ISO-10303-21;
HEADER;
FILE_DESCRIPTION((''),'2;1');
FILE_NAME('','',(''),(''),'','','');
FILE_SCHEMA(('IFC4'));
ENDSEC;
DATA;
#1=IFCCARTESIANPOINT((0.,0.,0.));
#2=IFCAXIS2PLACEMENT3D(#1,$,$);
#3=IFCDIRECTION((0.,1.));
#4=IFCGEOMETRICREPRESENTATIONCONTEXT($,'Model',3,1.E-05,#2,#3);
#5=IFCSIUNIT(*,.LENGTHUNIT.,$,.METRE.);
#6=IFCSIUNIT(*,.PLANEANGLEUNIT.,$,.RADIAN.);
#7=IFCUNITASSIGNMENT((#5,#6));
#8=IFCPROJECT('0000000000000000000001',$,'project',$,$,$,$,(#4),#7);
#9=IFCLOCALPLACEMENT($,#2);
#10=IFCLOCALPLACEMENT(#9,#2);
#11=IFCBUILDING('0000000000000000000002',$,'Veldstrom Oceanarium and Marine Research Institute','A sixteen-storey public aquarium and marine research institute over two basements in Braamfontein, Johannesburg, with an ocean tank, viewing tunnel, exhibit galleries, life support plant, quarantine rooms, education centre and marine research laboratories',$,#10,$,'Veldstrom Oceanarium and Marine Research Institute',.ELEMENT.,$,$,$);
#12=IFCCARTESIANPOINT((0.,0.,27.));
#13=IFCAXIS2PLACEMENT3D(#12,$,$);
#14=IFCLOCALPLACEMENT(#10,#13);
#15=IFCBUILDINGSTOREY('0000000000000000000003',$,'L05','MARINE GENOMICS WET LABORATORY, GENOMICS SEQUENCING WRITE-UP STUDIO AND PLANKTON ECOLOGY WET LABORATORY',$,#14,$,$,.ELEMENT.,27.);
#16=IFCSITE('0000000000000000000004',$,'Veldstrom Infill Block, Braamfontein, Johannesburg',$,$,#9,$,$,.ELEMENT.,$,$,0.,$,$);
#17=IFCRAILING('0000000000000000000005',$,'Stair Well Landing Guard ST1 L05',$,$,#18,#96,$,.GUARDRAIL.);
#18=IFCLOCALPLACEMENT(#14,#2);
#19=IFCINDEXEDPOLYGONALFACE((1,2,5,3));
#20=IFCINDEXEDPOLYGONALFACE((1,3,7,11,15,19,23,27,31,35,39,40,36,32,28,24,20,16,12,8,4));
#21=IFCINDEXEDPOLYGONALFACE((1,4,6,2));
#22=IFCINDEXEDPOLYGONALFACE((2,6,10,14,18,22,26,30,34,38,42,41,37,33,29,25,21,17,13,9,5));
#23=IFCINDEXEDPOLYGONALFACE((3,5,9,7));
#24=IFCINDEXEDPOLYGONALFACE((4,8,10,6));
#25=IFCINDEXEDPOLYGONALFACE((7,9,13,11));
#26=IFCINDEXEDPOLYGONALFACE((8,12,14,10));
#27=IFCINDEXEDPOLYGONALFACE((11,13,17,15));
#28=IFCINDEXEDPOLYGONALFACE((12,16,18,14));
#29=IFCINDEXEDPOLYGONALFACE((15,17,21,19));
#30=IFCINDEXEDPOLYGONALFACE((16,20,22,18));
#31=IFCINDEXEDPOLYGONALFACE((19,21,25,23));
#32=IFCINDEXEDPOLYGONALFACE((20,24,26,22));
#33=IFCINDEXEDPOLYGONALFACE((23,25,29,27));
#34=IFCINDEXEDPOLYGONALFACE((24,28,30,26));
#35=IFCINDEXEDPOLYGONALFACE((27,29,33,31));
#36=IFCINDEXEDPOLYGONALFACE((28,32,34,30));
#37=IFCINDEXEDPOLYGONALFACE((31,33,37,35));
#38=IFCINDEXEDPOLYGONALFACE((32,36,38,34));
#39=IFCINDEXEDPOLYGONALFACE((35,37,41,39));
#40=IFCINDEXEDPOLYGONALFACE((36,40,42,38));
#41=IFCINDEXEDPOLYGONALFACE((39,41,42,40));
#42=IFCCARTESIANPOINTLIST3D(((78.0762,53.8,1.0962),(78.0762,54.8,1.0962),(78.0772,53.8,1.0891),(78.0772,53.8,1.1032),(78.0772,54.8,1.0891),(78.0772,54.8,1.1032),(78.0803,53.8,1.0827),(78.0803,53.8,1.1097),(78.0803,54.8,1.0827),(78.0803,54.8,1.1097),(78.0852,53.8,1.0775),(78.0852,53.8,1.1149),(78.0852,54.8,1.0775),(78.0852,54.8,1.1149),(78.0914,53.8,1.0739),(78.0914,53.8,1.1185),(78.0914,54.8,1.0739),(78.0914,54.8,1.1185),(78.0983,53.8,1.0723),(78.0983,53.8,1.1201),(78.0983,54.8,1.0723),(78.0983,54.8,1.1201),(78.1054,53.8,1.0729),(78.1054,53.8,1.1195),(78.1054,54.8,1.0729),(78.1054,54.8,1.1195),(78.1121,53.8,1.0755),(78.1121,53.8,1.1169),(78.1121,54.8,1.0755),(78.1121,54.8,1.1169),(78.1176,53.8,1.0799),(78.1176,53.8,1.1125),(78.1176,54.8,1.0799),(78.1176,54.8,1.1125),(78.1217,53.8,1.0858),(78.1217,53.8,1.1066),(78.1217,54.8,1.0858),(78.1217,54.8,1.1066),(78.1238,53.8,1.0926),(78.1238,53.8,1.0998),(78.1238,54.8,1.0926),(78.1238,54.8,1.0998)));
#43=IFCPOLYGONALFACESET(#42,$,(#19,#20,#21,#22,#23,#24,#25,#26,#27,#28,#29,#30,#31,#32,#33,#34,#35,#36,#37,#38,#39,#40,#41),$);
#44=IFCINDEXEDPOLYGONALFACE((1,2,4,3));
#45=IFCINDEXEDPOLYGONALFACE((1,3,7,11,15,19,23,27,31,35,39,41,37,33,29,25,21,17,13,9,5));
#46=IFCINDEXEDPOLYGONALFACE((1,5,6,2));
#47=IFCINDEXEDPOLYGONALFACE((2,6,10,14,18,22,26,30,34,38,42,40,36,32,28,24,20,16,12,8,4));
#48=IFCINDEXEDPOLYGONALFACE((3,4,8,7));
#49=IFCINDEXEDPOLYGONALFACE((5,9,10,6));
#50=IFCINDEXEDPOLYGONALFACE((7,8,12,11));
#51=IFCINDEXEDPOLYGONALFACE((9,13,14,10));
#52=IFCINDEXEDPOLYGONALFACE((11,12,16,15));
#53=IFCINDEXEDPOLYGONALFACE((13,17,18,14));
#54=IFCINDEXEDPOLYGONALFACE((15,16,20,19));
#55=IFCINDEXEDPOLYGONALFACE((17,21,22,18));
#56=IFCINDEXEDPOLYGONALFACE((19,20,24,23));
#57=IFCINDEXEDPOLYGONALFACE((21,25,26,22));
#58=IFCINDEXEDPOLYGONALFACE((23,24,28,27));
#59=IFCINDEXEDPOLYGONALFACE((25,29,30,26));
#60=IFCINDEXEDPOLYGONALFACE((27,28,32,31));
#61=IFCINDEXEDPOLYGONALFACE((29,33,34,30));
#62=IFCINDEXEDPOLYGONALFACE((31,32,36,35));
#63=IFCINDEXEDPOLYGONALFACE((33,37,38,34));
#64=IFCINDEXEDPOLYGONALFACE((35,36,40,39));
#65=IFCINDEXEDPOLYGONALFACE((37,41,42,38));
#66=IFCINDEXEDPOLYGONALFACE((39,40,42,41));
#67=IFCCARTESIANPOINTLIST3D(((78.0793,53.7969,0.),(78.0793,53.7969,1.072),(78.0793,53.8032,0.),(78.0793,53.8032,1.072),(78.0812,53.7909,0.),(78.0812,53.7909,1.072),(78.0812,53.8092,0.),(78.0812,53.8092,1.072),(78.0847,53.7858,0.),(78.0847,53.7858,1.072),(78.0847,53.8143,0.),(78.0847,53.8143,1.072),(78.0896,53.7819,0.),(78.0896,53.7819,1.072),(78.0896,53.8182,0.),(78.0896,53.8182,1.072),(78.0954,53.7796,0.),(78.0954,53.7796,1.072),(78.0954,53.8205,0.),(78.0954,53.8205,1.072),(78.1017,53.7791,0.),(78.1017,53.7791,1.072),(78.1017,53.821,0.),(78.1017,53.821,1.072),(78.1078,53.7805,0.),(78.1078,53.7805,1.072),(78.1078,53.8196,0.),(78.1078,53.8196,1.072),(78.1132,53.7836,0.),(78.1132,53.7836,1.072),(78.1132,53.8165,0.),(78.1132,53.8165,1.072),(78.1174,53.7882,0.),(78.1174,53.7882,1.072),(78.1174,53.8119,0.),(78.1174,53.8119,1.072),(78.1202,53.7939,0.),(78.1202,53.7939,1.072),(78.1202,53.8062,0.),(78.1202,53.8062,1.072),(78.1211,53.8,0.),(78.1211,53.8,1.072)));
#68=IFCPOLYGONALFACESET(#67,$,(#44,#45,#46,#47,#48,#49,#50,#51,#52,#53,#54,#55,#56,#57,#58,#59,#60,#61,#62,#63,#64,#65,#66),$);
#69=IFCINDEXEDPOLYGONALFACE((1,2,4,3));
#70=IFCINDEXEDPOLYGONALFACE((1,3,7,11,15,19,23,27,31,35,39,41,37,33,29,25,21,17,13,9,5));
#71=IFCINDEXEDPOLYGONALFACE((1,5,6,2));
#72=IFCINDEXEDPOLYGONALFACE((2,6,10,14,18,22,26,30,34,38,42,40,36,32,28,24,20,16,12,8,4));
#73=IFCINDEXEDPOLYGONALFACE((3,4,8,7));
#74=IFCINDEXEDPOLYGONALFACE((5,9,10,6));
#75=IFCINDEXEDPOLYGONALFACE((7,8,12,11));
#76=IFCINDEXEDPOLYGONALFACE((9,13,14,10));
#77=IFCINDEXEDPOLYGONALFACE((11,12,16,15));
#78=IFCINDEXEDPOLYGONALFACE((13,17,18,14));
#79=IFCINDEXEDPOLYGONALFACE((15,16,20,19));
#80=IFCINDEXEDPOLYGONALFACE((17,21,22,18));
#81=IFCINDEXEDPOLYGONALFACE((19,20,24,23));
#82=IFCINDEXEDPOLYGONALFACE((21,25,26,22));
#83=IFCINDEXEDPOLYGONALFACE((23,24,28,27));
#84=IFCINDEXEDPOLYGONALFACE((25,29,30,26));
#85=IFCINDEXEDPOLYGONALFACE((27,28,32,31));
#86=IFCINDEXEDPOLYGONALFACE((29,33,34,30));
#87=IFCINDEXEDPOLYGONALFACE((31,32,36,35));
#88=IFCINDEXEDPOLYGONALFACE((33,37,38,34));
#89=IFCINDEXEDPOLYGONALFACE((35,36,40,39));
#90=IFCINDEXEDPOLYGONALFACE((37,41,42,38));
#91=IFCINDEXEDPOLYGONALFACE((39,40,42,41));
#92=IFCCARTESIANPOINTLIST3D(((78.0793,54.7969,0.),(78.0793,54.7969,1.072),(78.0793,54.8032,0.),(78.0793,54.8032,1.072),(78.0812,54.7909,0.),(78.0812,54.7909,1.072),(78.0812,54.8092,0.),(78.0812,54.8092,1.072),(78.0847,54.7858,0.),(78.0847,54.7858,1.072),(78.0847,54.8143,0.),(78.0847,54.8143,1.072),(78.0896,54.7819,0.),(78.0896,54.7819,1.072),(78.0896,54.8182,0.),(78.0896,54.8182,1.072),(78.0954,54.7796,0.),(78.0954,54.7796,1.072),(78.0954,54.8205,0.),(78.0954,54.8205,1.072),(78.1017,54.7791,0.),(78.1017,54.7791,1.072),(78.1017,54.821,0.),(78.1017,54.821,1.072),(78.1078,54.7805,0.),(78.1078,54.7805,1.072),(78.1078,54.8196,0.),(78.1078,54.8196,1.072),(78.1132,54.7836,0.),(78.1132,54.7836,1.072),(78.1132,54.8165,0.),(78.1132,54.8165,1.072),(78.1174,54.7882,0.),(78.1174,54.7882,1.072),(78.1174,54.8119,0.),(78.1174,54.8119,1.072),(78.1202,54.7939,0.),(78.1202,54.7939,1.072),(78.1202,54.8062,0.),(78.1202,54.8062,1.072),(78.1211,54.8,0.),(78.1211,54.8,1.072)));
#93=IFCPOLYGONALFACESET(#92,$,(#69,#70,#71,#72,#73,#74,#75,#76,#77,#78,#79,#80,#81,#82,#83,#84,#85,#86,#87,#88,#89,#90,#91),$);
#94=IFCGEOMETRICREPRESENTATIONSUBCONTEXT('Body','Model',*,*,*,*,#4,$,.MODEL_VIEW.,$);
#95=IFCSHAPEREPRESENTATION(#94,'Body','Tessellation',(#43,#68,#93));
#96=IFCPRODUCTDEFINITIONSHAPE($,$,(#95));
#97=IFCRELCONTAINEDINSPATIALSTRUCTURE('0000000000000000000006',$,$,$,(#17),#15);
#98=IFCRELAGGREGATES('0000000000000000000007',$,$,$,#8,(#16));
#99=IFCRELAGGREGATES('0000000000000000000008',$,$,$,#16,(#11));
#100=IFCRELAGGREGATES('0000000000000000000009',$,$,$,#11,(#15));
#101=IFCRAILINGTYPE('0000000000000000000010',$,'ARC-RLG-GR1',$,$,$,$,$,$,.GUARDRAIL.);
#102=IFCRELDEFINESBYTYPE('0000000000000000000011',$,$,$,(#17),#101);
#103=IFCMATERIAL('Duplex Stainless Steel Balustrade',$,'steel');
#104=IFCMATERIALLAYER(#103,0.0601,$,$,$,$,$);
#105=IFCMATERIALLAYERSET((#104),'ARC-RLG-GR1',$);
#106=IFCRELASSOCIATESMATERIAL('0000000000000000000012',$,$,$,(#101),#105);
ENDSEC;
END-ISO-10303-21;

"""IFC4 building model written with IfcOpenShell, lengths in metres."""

from ifc_helpers import new_model, si_unit, direction, frame, origin, origin_2d, place, context, subcontext, project, spatial, circle, extrude, material, layer, layer_set, type_object, element, save


model = new_model("IFC4")

# Units and contexts
model_context = context("Model", 3, precision=1e-05, world=origin(), true_north=direction((0.0, 1.0)))
body_context = subcontext(model_context, "Body", "Model", "MODEL_VIEW")
ifc_project = project(units=[si_unit("LENGTHUNIT", "METRE"), si_unit("PLANEANGLEUNIT", "RADIAN")], contexts=[model_context])

# Site, building, storey
site_placement = place(None, origin())
site = spatial("IfcSite", under=ifc_project, at=site_placement, Name="Veldstrom Infill Block, Braamfontein, Johannesburg", CompositionType="ELEMENT", RefElevation=0.0)
building_placement = place(site_placement, origin())
building = spatial("IfcBuilding", under=site, at=building_placement, Name="Veldstrom Oceanarium and Marine Research Institute", Description="A sixteen-storey public aquarium and marine research institute over two basements in Braamfontein, Johannesburg, with an ocean tank, viewing tunnel, exhibit galleries, life support plant, quarantine rooms, education centre and marine research laboratories", LongName="Veldstrom Oceanarium and Marine Research Institute", CompositionType="ELEMENT")
storey_placement = place(building_placement, frame((0.0, 0.0, 27.0)))
storey = spatial("IfcBuildingStorey", under=building, at=storey_placement, Name="L05", Description="MARINE GENOMICS WET LABORATORY, GENOMICS SEQUENCING WRITE-UP STUDIO AND PLANKTON ECOLOGY WET LABORATORY", CompositionType="ELEMENT", Elevation=27.0)

# Railing
ifc_material_1 = material(Name="Duplex Stainless Steel Balustrade", Category="steel")
ifc_layer_1 = layer(ifc_material_1, 0.0601)
ifc_layer_set_1 = layer_set([ifc_layer_1], Name="ARC-RLG-GR1")
railing_type_1 = type_object("IfcRailingType", Name="ARC-RLG-GR1", PredefinedType="GUARDRAIL", material=ifc_layer_set_1)
railing_1_placement = place(storey_placement, frame((78.1001, 53.8, 0.0)))
element("IfcRailing", 1, at=railing_1_placement, inside=storey, type_object=railing_type_1, Name="Stair Well Landing Guard ST1 L05", PredefinedType="GUARDRAIL", context=body_context, shape_type="SweptSolid", body=[
    extrude(circle(Radius=0.0239, at=origin_2d()), frame((0.0, 0.0, 1.0962), z_axis=(0.0, 1.0, 0.0), x_axis=(-1.0, 0.0, 0.0)), (0.0, 0.0, 1.0), 1.0),
    extrude(circle(Radius=0.021, at=origin_2d()), origin(), (0.0, 0.0, 1.0), 1.072),
    extrude(circle(Radius=0.021, at=origin_2d()), frame((0.0, 1.0, 0.0)), (0.0, 0.0, 1.0), 1.072),
])

save(model, "model.ifc")
